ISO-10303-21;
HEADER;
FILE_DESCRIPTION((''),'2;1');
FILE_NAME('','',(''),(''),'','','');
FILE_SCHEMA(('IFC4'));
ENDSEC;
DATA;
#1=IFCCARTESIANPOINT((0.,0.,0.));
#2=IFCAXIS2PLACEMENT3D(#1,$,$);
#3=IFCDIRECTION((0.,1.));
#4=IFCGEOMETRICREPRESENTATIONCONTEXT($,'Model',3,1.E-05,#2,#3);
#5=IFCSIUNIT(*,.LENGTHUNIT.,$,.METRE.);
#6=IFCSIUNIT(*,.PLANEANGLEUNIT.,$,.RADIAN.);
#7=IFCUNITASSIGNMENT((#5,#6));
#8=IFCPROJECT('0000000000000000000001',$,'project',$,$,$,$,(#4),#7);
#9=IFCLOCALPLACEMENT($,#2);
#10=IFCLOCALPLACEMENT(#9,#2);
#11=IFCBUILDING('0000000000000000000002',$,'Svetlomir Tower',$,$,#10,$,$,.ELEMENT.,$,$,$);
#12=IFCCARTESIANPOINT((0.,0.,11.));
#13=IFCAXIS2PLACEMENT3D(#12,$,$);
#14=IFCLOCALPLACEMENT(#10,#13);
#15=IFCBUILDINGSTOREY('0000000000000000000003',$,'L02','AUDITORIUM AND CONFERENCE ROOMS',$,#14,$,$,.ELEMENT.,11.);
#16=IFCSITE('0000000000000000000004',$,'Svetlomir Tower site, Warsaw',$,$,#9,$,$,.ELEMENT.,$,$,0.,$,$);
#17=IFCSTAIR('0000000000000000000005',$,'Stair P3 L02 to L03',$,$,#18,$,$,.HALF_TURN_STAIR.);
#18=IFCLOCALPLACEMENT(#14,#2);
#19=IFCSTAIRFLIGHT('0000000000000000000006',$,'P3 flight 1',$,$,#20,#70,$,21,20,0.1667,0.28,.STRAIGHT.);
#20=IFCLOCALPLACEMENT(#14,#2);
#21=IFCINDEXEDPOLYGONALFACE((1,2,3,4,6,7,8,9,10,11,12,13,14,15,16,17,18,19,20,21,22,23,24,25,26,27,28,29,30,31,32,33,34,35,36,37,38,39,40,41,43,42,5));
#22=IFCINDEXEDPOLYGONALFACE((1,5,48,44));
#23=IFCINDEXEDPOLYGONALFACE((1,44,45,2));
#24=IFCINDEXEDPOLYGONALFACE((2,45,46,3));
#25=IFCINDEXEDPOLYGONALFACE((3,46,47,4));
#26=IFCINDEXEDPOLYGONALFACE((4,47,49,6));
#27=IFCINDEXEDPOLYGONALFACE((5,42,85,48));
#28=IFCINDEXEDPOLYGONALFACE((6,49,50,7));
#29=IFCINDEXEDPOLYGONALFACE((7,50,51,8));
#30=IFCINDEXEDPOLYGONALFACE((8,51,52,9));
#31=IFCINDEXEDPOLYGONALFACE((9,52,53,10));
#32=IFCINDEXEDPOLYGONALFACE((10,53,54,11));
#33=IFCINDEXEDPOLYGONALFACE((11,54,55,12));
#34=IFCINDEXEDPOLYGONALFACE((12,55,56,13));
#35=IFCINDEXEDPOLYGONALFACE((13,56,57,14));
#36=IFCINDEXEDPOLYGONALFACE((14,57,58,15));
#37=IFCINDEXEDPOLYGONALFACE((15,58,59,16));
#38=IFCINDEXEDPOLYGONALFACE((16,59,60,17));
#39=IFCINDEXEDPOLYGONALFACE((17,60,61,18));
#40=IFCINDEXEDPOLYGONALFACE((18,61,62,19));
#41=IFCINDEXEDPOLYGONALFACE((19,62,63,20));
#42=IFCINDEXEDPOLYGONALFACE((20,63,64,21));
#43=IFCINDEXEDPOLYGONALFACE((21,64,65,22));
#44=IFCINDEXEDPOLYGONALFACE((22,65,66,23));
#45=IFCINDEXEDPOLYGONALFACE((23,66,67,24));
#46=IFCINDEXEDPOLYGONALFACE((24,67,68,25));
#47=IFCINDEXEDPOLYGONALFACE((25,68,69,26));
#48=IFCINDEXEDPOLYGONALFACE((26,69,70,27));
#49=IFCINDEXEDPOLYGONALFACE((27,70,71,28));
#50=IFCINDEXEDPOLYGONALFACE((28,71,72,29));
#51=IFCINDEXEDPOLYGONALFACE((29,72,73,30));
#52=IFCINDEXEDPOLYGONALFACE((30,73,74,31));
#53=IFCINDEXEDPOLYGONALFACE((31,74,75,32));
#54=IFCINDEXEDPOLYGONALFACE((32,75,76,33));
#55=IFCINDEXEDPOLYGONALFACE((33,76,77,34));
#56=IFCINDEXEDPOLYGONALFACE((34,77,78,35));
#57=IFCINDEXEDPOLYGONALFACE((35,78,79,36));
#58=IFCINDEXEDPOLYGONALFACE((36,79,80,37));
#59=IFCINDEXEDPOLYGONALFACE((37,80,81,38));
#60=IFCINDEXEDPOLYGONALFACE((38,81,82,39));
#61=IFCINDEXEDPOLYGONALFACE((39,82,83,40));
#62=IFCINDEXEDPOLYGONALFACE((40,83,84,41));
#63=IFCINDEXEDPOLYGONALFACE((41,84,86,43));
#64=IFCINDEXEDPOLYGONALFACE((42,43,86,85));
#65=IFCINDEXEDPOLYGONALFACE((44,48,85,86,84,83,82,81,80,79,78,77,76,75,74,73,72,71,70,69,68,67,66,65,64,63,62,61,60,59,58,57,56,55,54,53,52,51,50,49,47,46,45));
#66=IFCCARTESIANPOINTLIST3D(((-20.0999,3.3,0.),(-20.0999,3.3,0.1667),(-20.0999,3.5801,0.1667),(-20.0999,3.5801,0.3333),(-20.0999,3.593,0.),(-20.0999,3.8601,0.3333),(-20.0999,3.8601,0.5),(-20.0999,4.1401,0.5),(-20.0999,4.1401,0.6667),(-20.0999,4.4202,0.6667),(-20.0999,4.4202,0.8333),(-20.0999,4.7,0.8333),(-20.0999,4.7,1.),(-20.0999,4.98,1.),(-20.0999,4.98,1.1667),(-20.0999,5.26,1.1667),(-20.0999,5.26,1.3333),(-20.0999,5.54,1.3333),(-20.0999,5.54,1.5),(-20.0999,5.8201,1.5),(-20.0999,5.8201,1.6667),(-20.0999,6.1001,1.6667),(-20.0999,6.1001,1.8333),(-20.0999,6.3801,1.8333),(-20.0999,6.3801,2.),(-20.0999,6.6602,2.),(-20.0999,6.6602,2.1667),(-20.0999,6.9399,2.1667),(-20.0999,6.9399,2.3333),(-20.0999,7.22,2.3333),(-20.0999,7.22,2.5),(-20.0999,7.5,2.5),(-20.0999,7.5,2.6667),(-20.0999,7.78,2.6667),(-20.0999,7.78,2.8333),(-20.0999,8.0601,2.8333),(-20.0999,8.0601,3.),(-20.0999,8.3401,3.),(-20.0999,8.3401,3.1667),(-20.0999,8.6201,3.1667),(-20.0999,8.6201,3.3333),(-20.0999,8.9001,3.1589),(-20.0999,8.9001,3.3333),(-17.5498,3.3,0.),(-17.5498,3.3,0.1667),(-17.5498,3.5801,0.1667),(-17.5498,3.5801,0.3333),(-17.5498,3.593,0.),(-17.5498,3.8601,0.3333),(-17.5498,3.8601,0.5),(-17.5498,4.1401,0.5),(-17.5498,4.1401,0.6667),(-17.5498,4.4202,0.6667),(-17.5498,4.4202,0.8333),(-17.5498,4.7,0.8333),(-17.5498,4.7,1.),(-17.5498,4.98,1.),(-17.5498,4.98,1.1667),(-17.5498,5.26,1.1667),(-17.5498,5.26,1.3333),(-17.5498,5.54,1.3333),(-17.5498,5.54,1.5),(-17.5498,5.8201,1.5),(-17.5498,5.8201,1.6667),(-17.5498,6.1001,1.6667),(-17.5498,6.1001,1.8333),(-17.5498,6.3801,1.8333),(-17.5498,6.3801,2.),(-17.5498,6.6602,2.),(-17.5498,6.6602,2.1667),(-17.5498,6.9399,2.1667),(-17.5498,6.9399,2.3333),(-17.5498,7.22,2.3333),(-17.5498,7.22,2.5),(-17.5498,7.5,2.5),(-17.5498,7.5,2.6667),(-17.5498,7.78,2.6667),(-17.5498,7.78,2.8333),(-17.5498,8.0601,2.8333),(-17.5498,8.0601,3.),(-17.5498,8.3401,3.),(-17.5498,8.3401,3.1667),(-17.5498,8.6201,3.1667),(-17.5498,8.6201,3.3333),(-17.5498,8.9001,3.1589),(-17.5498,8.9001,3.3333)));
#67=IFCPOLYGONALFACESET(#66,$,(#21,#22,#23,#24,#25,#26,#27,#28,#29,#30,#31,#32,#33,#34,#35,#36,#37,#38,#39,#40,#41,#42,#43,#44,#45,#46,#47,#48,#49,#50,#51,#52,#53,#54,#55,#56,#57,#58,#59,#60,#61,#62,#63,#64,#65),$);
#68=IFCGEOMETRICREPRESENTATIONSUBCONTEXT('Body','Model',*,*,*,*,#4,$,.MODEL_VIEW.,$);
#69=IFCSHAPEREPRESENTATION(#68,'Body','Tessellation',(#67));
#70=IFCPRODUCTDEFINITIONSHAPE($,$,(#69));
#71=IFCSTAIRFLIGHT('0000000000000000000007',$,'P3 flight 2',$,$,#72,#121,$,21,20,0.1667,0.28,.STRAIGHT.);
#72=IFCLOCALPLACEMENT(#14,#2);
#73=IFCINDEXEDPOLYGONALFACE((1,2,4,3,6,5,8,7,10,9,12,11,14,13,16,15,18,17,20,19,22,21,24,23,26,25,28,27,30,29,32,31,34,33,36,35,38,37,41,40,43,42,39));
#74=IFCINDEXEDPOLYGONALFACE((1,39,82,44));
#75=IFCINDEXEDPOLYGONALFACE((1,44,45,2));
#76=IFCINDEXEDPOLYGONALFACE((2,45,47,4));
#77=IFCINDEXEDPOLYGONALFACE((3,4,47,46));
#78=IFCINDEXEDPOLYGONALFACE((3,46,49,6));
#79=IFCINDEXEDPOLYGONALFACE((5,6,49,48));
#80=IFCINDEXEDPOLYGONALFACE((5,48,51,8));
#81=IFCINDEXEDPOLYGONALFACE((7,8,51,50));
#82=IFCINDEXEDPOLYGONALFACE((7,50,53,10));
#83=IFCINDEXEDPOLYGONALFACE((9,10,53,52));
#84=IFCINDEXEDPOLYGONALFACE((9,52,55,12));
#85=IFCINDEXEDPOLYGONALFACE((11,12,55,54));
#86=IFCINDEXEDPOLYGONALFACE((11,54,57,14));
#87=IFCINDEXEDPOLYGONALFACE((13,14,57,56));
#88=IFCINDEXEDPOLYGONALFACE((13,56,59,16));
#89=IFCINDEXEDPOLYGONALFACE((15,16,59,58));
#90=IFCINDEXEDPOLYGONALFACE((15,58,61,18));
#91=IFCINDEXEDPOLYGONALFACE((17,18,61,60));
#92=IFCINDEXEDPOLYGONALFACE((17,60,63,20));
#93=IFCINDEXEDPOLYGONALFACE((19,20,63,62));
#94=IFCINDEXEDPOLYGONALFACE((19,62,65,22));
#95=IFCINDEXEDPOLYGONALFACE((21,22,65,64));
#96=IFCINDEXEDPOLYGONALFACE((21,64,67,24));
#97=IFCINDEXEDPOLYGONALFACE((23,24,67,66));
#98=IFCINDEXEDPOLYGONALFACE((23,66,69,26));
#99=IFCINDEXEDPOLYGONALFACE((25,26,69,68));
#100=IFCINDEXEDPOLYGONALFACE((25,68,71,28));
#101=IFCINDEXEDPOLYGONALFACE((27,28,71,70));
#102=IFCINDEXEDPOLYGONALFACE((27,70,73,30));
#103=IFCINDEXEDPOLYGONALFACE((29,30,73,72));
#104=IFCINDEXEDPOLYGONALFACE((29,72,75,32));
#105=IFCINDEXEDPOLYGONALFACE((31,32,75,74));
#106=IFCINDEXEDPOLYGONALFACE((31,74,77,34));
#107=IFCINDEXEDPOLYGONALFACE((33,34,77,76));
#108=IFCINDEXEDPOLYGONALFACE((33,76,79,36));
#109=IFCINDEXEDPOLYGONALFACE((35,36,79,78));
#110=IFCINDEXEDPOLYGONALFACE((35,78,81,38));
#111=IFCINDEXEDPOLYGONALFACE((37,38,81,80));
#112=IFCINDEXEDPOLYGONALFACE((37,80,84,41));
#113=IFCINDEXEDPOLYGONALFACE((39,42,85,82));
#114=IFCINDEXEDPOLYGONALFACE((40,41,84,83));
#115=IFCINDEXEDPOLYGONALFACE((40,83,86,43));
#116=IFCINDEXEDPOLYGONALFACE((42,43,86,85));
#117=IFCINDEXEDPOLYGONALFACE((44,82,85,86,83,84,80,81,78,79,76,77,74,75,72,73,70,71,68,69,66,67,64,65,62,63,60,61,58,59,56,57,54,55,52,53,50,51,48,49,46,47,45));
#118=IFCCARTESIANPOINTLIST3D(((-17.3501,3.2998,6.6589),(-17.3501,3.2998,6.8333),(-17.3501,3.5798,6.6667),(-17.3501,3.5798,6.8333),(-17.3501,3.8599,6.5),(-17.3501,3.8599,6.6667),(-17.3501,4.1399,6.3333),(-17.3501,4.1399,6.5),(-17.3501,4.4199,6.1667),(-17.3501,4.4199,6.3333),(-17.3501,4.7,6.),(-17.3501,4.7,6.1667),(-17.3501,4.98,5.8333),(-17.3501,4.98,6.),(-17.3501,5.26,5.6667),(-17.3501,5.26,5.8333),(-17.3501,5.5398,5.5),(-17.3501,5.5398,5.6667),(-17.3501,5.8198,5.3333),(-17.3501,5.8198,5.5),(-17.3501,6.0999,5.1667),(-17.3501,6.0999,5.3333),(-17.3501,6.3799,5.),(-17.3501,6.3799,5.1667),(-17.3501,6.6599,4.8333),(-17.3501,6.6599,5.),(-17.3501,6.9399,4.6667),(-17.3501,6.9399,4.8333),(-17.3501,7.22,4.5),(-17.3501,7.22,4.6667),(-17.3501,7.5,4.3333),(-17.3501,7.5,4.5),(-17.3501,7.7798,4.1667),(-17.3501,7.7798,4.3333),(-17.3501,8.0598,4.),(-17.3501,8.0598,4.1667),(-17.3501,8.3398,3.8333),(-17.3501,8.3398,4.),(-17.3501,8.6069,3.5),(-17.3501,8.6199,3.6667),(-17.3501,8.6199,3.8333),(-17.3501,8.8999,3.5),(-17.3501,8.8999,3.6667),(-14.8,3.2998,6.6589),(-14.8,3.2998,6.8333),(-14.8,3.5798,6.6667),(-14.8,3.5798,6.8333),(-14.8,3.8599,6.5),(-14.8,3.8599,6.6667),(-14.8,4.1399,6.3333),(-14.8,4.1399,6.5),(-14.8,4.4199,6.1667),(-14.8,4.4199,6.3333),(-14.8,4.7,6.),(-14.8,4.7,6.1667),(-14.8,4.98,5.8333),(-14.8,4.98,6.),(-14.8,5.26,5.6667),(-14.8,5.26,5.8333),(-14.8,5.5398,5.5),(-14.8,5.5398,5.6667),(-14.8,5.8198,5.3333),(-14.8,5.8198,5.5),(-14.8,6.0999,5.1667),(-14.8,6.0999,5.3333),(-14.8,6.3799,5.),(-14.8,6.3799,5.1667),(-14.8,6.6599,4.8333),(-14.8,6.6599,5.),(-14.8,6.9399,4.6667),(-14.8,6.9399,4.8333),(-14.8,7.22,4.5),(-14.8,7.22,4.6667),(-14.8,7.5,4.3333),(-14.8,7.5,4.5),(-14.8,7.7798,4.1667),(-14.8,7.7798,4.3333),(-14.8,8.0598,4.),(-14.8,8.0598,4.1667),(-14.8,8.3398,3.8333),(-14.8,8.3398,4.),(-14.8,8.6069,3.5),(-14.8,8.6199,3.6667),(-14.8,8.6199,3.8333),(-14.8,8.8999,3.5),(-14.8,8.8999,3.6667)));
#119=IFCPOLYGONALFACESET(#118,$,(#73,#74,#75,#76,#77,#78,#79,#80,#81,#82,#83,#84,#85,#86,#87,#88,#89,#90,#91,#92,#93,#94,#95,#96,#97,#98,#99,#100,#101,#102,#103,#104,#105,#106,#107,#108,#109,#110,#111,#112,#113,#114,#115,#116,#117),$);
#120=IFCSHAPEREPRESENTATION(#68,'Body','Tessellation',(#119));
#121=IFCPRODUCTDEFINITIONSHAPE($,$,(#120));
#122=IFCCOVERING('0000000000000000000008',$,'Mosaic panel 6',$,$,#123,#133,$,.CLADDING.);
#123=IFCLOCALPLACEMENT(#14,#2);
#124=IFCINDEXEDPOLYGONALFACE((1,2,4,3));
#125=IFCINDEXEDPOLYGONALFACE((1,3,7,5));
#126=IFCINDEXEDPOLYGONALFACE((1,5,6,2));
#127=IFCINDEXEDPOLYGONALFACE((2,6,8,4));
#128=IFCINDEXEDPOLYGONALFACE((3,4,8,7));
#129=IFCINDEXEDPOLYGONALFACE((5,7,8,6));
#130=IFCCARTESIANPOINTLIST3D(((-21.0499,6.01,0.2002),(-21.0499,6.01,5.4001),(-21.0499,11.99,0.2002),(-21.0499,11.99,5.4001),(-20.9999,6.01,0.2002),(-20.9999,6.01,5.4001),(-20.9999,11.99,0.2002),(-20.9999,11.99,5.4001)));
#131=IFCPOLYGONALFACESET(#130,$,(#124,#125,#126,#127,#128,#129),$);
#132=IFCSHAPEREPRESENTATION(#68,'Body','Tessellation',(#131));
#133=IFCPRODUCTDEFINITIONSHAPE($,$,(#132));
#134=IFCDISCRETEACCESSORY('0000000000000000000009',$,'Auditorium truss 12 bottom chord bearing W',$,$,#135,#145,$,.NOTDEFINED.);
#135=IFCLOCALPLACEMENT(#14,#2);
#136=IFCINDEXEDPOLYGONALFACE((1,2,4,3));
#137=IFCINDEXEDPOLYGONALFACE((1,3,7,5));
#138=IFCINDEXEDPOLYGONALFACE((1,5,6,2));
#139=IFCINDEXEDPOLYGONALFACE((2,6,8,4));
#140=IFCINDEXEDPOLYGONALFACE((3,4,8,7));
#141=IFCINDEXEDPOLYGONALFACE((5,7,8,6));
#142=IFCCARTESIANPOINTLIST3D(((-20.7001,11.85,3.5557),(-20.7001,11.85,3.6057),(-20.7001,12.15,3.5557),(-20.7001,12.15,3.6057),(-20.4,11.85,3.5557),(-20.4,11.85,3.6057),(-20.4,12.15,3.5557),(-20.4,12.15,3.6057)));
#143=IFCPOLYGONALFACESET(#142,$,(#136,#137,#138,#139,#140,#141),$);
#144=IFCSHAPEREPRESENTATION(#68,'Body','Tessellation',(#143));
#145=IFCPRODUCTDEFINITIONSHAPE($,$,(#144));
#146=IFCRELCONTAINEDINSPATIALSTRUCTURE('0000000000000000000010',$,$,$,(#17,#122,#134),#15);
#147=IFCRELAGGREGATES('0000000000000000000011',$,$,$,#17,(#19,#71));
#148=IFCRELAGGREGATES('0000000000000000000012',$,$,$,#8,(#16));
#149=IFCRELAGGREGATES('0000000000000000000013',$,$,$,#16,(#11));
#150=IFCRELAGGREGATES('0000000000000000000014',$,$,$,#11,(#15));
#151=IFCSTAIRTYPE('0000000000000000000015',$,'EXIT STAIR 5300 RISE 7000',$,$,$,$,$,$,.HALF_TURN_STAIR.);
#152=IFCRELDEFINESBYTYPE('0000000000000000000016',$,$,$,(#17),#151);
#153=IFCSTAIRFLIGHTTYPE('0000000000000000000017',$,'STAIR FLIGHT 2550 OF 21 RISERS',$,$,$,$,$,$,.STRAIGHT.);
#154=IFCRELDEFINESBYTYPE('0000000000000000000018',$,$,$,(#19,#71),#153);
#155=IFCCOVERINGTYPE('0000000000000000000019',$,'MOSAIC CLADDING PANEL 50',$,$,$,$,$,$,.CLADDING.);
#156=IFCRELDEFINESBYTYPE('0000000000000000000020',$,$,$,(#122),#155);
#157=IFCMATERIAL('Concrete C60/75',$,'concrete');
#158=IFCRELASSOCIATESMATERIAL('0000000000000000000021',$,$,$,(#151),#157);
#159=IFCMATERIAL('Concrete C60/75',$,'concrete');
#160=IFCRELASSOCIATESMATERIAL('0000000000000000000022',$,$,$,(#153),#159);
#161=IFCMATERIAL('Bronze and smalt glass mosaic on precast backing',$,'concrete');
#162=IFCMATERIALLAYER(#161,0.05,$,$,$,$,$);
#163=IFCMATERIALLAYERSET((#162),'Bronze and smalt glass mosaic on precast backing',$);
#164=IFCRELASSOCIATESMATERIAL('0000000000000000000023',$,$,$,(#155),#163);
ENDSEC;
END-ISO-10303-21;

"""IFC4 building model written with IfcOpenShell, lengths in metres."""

from ifc_helpers import new_model, si_unit, direction, frame, origin, origin_2d, place, context, subcontext, project, spatial, polyline, rectangle, outline, extrude, material, layer, layer_set, type_object, element, aggregate, save


model = new_model("IFC4")

# Units and contexts
model_context = context("Model", 3, precision=1e-05, world=origin(), true_north=direction((0.0, 1.0)))
body_context = subcontext(model_context, "Body", "Model", "MODEL_VIEW")
ifc_project = project(units=[si_unit("LENGTHUNIT", "METRE"), si_unit("PLANEANGLEUNIT", "RADIAN")], contexts=[model_context])

# Site, building, storey
site_placement = place(None, origin())
site = spatial("IfcSite", under=ifc_project, at=site_placement, Name="Svetlomir Tower site, Warsaw", CompositionType="ELEMENT", RefElevation=0.0)
building_placement = place(site_placement, origin())
building = spatial("IfcBuilding", under=site, at=building_placement, Name="Svetlomir Tower", CompositionType="ELEMENT")
storey_placement = place(building_placement, frame((0.0, 0.0, 11.0)))
storey = spatial("IfcBuildingStorey", under=building, at=storey_placement, Name="L02", Description="AUDITORIUM AND CONFERENCE ROOMS", CompositionType="ELEMENT", Elevation=11.0)

# Stair, stair flights
ifc_material_1 = material(Name="Concrete C60/75", Category="concrete")
stair_type = type_object("IfcStairType", Name="EXIT STAIR 5300 RISE 7000", PredefinedType="HALF_TURN_STAIR", material=ifc_material_1)
stair_placement = place(storey_placement, origin())
stair = element("IfcStair", 1, at=stair_placement, inside=storey, type_object=stair_type, Name="Stair P3 L02 to L03", PredefinedType="HALF_TURN_STAIR")
ifc_material_2 = material(Name="Concrete C60/75", Category="concrete")
stair_flight_type = type_object("IfcStairFlightType", Name="STAIR FLIGHT 2550 OF 21 RISERS", PredefinedType="STRAIGHT", material=ifc_material_2)
stair_flight_1_placement = place(storey_placement, frame((-18.825, 3.3, 0.0), z_axis=(0.0, 0.0, 1.0), x_axis=(0.0, 1.0, 0.0)))
stair_flight_1 = element("IfcStairFlight", 2, at=stair_flight_1_placement, type_object=stair_flight_type, Name="P3 flight 1", NumberOfRisers=21, NumberOfTreads=20, PredefinedType="STRAIGHT", RiserHeight=0.1667, TreadLength=0.28, context=body_context, shape_type="SweptSolid", body=[
    extrude(outline(polyline([(0.0, 0.0), (0.0, 0.1667), (0.28, 0.1667), (0.28, 0.3333), (0.5601, 0.3333), (0.5601, 0.5), (0.8401, 0.5), (0.8401, 0.6667), (1.1201, 0.6667), (1.1201, 0.8333), (1.3999, 0.8333), (1.3999, 1.0), (1.6799, 1.0), (1.6799, 1.1667), (1.96, 1.1667), (1.96, 1.3333), (2.24, 1.3333), (2.24, 1.5), (2.52, 1.5), (2.52, 1.6667), (2.8, 1.6667), (2.8, 1.8333), (3.0801, 1.8333), (3.0801, 2.0), (3.3601, 2.0), (3.3601, 2.1667), (3.6399, 2.1667), (3.6399, 2.3333), (3.9199, 2.3333), (3.9199, 2.5), (4.2, 2.5), (4.2, 2.6667), (4.48, 2.6667), (4.48, 2.8333), (4.76, 2.8333), (4.76, 3.0), (5.04, 3.0), (5.04, 3.1667), (5.3201, 3.1667), (5.3201, 3.3333), (5.6001, 3.3333), (5.6001, 3.5), (5.6001, 3.1589), (0.293, 0.0), (0.0, 0.0)])), frame((0.0, 1.2749, 0.0), z_axis=(0.0, -1.0, 0.0), x_axis=(1.0, 0.0, 0.0)), (0.0, 0.0, 1.0), 2.55),
])
stair_flight_2_placement = place(storey_placement, frame((-16.075, 8.8999, 3.5), z_axis=(0.0, 0.0, 1.0), x_axis=(0.0, -1.0, 0.0)))
stair_flight_2 = element("IfcStairFlight", 3, at=stair_flight_2_placement, type_object=stair_flight_type, Name="P3 flight 2", NumberOfRisers=21, NumberOfTreads=20, PredefinedType="STRAIGHT", RiserHeight=0.1667, TreadLength=0.28, context=body_context, shape_type="SweptSolid", body=[
    extrude(outline(polyline([(0.0, 0.0), (0.0, 0.1667), (0.28, 0.1667), (0.28, 0.3333), (0.5601, 0.3333), (0.5601, 0.5), (0.8401, 0.5), (0.8401, 0.6667), (1.1201, 0.6667), (1.1201, 0.8333), (1.3999, 0.8333), (1.3999, 1.0), (1.6799, 1.0), (1.6799, 1.1667), (1.96, 1.1667), (1.96, 1.3333), (2.24, 1.3333), (2.24, 1.5), (2.52, 1.5), (2.52, 1.6667), (2.8, 1.6667), (2.8, 1.8333), (3.0801, 1.8333), (3.0801, 2.0), (3.3601, 2.0), (3.3601, 2.1667), (3.6399, 2.1667), (3.6399, 2.3333), (3.9199, 2.3333), (3.9199, 2.5), (4.2, 2.5), (4.2, 2.6667), (4.48, 2.6667), (4.48, 2.8333), (4.76, 2.8333), (4.76, 3.0), (5.04, 3.0), (5.04, 3.1667), (5.3201, 3.1667), (5.3201, 3.3333), (5.6001, 3.3333), (5.6001, 3.5), (5.6001, 3.1589), (0.293, 0.0), (0.0, 0.0)])), frame((0.0, 1.2749, 0.0), z_axis=(0.0, -1.0, 0.0), x_axis=(1.0, 0.0, 0.0)), (0.0, 0.0, 1.0), 2.55),
])
aggregate(stair, [stair_flight_1, stair_flight_2])

# Covering
ifc_material_3 = material(Name="Bronze and smalt glass mosaic on precast backing", Category="concrete")
ifc_layer_1 = layer(ifc_material_3, 0.05)
ifc_layer_set_1 = layer_set([ifc_layer_1], Name="Bronze and smalt glass mosaic on precast backing")
covering_type = type_object("IfcCoveringType", Name="MOSAIC CLADDING PANEL 50", PredefinedType="CLADDING", material=ifc_layer_set_1)
covering_placement = place(storey_placement, frame((-21.0249, 9.0, 0.2002), z_axis=(0.0, 0.0, 1.0), x_axis=(1.0, 0.0, 0.0)))
element("IfcCovering", 4, at=covering_placement, inside=storey, type_object=covering_type, Name="Mosaic panel 6", PredefinedType="CLADDING", context=body_context, shape_type="SweptSolid", body=[
    extrude(rectangle(XDim=0.05, YDim=5.98, at=origin_2d()), origin(), (0.0, 0.0, 1.0), 5.2),
])

# Discrete accessory
discrete_accessory_placement = place(storey_placement, frame((-20.55, 12.0, 3.5557), z_axis=(0.0, 0.0, 1.0), x_axis=(1.0, 0.0, 0.0)))
element("IfcDiscreteAccessory", 5, at=discrete_accessory_placement, inside=storey, Name="Auditorium truss 12 bottom chord bearing W", PredefinedType="NOTDEFINED", context=body_context, shape_type="SweptSolid", body=[
    extrude(rectangle(XDim=0.3, YDim=0.3, at=origin_2d()), origin(), (0.0, 0.0, 1.0), 0.05),
])

save(model, "model.ifc")
